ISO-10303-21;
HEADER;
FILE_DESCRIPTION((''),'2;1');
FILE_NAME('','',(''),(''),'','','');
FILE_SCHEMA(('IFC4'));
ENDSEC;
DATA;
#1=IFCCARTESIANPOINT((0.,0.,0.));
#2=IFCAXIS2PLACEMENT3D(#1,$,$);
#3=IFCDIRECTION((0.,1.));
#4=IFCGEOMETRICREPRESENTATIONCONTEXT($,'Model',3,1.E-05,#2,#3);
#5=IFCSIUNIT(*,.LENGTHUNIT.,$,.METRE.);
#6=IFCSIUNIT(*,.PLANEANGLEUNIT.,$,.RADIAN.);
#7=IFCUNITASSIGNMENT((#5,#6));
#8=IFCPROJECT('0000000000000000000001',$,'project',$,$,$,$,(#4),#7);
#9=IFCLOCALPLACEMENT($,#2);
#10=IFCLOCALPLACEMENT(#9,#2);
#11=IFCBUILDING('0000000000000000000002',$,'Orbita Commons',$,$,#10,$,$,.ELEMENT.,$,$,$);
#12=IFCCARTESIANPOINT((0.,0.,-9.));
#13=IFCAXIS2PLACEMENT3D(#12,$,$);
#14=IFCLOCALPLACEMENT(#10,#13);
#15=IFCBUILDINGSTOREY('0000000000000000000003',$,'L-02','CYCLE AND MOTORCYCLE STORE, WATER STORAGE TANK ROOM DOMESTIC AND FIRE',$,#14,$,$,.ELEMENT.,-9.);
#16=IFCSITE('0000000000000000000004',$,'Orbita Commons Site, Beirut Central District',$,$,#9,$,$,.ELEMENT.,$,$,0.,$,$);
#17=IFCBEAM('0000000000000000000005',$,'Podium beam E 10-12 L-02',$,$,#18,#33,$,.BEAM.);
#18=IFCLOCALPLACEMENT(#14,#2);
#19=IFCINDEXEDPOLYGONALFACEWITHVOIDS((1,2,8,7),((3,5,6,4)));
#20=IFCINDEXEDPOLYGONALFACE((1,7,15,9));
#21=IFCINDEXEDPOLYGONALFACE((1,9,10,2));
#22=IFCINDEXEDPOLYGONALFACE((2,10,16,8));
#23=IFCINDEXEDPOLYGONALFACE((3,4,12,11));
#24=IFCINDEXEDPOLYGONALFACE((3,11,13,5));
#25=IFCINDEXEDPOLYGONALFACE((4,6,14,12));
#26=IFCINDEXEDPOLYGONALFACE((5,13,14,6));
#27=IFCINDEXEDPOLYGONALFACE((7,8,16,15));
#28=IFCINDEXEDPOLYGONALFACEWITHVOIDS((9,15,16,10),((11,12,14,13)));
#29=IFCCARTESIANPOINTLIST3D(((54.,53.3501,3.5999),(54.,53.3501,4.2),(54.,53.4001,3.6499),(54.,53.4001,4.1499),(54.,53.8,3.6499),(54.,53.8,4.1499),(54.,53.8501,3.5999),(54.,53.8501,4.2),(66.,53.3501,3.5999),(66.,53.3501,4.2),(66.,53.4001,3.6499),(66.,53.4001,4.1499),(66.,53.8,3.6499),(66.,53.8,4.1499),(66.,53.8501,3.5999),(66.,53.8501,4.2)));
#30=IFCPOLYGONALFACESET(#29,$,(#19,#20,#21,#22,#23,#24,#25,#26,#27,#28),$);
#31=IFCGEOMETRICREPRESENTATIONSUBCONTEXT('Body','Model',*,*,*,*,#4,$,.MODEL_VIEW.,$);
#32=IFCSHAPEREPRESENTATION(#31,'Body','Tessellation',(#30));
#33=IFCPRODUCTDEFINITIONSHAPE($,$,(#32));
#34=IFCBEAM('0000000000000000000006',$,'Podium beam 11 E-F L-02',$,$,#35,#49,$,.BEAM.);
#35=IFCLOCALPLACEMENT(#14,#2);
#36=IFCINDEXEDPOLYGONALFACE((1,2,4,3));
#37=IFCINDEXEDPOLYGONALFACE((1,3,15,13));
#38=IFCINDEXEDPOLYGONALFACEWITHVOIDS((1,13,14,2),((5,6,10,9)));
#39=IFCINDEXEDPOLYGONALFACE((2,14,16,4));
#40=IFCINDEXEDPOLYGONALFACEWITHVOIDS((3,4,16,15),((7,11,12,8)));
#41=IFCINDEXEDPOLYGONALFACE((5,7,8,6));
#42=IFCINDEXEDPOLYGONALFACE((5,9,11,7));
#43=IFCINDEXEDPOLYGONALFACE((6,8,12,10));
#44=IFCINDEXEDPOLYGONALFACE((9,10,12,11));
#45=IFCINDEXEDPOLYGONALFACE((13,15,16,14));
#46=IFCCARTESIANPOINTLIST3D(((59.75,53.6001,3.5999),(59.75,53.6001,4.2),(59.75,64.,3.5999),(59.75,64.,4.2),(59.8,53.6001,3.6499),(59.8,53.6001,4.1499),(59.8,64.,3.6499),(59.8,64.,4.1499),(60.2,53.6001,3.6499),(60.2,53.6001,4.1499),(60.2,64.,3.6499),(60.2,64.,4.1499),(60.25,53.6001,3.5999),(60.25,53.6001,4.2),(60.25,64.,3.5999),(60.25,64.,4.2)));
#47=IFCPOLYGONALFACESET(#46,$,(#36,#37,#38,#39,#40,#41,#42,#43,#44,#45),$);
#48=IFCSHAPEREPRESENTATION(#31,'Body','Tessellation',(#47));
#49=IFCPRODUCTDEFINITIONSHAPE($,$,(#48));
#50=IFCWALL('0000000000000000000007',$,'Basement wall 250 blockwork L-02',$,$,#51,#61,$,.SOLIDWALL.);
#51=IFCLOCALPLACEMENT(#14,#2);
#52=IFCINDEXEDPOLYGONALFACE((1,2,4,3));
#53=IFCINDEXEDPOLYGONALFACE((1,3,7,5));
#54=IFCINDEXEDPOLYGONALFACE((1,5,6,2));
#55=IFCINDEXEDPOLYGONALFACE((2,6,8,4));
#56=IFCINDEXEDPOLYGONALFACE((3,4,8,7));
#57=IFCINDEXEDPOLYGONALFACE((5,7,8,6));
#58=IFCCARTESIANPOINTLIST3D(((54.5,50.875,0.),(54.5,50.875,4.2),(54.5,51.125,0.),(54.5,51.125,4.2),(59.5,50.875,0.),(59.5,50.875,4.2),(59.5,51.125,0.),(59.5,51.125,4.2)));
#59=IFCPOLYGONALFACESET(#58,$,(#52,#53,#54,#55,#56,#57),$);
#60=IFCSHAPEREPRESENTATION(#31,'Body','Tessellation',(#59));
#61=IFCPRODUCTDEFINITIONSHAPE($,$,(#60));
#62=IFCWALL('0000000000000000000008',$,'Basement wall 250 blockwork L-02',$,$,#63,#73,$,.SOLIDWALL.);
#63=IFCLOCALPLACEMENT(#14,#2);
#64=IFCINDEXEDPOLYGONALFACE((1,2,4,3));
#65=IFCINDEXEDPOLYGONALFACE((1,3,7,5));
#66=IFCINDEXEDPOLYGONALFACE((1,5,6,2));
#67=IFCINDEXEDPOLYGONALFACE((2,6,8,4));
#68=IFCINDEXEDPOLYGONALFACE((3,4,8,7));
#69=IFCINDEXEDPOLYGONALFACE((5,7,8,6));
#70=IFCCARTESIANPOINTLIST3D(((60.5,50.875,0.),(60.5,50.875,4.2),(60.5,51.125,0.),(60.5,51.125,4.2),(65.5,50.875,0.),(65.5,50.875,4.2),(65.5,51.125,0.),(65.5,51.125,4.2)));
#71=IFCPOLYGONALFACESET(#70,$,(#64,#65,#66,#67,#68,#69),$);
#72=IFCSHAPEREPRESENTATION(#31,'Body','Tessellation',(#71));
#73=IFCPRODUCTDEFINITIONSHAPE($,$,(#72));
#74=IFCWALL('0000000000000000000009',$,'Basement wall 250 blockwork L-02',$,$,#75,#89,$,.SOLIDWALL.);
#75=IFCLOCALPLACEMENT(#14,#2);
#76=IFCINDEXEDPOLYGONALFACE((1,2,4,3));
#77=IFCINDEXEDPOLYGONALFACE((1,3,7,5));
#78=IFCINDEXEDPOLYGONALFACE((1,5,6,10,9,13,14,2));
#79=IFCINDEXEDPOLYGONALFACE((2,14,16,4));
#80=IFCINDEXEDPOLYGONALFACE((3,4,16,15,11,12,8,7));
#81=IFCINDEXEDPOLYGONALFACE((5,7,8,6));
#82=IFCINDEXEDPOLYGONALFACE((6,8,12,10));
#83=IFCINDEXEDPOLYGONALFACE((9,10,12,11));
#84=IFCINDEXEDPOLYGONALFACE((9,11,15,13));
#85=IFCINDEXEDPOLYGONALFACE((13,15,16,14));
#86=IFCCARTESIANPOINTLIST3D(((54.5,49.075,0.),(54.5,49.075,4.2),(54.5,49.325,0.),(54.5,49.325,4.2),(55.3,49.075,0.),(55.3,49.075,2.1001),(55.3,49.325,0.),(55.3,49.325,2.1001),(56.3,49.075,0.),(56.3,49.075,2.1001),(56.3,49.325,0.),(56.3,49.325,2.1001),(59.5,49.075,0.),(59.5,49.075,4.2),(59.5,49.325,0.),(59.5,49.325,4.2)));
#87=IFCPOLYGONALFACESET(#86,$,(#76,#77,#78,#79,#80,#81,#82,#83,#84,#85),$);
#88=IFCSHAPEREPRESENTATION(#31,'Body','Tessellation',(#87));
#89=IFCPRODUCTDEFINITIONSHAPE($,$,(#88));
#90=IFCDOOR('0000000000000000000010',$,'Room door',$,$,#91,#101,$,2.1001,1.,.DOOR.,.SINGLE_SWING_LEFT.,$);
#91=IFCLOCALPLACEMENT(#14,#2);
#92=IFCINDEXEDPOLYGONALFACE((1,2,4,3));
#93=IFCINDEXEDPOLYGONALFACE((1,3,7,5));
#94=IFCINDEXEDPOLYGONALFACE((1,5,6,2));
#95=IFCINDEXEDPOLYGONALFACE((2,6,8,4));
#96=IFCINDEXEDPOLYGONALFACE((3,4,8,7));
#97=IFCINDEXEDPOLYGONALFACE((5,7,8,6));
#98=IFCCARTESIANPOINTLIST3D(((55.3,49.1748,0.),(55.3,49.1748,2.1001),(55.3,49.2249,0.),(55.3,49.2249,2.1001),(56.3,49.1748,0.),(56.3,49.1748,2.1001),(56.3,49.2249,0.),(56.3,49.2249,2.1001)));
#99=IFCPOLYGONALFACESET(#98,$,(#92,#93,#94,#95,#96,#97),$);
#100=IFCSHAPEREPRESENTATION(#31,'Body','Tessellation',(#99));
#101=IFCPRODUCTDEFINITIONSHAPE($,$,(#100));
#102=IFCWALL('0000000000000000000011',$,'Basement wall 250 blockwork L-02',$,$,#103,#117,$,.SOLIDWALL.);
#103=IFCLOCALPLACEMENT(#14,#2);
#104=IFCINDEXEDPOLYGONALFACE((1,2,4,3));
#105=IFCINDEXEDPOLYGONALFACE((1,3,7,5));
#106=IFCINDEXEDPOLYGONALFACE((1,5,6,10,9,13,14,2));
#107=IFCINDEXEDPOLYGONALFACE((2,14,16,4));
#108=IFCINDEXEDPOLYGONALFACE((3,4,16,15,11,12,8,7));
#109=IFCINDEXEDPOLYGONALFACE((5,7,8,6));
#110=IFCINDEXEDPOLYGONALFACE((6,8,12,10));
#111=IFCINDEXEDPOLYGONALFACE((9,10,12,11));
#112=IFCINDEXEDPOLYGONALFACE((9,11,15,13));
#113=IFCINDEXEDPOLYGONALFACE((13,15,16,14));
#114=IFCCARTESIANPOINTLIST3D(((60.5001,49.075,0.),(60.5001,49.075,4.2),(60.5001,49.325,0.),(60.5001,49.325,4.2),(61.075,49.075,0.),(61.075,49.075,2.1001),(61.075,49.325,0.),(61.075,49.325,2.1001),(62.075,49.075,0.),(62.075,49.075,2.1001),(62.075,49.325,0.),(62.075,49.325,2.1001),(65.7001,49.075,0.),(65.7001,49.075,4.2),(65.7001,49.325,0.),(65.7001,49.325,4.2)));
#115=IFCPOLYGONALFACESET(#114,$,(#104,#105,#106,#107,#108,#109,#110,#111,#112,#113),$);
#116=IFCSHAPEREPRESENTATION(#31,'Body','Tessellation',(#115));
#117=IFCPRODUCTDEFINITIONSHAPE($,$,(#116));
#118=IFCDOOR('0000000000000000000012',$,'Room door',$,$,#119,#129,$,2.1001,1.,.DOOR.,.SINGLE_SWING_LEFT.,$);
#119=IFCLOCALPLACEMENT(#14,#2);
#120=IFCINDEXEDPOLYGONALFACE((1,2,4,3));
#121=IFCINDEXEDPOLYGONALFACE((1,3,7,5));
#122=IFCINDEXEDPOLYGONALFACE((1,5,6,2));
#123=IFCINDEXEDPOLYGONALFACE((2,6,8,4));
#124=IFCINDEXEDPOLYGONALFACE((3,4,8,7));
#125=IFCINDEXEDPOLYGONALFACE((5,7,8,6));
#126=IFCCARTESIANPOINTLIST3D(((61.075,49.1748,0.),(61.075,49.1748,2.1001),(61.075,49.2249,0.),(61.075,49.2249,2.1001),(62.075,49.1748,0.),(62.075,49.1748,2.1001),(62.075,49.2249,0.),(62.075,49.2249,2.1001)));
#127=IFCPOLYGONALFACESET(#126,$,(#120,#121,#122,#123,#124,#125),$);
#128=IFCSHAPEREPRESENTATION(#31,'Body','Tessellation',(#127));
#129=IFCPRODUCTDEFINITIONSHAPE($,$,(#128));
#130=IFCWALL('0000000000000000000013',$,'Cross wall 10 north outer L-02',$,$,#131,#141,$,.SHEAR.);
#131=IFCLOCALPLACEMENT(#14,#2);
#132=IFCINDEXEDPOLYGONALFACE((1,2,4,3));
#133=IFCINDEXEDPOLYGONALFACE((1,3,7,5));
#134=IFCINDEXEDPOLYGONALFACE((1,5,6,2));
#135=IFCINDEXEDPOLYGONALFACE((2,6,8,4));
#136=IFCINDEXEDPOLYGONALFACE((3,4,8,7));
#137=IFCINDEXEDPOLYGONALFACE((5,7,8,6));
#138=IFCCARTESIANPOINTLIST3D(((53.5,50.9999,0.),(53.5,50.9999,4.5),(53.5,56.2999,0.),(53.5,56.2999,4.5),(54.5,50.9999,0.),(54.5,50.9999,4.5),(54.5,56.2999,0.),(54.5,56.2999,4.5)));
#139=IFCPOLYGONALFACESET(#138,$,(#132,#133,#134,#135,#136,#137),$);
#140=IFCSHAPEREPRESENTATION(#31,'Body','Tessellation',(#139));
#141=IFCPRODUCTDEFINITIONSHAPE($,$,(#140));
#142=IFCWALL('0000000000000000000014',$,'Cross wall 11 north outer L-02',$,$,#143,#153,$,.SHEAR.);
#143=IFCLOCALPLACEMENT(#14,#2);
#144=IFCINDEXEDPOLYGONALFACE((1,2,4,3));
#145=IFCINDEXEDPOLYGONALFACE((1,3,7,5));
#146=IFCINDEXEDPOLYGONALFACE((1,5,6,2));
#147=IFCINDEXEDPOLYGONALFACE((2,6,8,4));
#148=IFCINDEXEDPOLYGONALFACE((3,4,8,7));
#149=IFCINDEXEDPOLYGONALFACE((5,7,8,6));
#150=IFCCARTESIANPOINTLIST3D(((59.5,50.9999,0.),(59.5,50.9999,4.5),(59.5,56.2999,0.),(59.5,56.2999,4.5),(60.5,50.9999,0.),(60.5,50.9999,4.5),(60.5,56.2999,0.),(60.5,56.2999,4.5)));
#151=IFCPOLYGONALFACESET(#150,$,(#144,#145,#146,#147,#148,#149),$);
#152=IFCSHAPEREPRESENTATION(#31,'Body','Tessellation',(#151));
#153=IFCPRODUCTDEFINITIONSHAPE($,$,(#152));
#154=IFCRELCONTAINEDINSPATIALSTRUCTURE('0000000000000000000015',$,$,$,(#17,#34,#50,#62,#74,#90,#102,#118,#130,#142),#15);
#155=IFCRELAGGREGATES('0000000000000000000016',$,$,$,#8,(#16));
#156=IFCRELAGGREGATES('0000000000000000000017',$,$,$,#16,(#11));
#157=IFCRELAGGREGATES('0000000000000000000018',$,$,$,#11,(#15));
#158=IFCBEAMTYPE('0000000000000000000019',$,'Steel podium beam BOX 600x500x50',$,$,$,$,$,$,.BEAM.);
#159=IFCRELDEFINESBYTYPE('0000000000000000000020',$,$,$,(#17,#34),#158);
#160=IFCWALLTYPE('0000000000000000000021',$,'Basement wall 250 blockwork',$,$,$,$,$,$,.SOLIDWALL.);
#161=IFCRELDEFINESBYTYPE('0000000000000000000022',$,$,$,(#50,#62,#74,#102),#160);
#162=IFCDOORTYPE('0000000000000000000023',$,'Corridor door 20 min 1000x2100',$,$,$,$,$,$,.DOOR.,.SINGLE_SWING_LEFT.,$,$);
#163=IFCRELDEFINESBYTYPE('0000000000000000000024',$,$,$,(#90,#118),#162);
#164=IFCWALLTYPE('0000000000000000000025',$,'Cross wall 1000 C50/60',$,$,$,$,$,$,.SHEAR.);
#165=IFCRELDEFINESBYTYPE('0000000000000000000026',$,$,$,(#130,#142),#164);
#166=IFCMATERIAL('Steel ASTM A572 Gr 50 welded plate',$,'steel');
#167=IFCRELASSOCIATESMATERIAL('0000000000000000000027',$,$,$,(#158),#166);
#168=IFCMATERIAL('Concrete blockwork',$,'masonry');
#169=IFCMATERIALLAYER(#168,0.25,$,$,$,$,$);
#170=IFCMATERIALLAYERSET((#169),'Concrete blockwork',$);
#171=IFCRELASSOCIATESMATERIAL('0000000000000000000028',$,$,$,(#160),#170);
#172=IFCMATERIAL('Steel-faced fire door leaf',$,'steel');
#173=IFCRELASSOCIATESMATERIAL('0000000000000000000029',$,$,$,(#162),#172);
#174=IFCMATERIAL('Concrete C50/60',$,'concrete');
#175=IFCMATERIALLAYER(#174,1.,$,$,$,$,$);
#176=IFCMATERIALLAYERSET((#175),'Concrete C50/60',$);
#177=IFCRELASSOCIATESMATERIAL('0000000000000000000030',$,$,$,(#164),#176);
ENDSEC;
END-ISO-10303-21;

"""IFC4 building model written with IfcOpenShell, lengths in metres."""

from ifc_helpers import new_model, si_unit, direction, frame, frame_2d, origin, origin_2d, place, context, subcontext, project, spatial, rectangle, hollow_rectangle, extrude, material, layer, layer_set, material_profile, profile_set, type_object, element, fill, save


model = new_model("IFC4")

# Units and contexts
model_context = context("Model", 3, precision=1e-05, world=origin(), true_north=direction((0.0, 1.0)))
body_context = subcontext(model_context, "Body", "Model", "MODEL_VIEW")
ifc_project = project(units=[si_unit("LENGTHUNIT", "METRE"), si_unit("PLANEANGLEUNIT", "RADIAN")], contexts=[model_context])

# Site, building, storey
site_placement = place(None, origin())
site = spatial("IfcSite", under=ifc_project, at=site_placement, Name="Orbita Commons Site, Beirut Central District", CompositionType="ELEMENT", RefElevation=0.0)
building_placement = place(site_placement, origin())
building = spatial("IfcBuilding", under=site, at=building_placement, Name="Orbita Commons", CompositionType="ELEMENT")
storey_placement = place(building_placement, frame((0.0, 0.0, -9.0)))
storey = spatial("IfcBuildingStorey", under=building, at=storey_placement, Name="L-02", Description="CYCLE AND MOTORCYCLE STORE, WATER STORAGE TANK ROOM DOMESTIC AND FIRE", CompositionType="ELEMENT", Elevation=-9.0)

# Beams
ifc_material_1 = material(Name="Steel ASTM A572 Gr 50 welded plate", Category="steel")
ifc_material_profile_1 = material_profile(ifc_material_1, hollow_rectangle(XDim=0.5, YDim=0.6001, WallThickness=0.05, at=origin_2d()), Name="BOX 600x500x50")
ifc_profile_set_1 = profile_set([ifc_material_profile_1], Name="Steel ASTM A572 Gr 50 welded plate")
beam_type_1 = type_object("IfcBeamType", Name="Steel podium beam BOX 600x500x50", PredefinedType="BEAM", material=ifc_profile_set_1)
beam_1_placement = place(storey_placement, frame((54.0, 53.6001, 3.8999), z_axis=(1.0, 0.0, 0.0), x_axis=(0.0, 1.0, 0.0)))
element("IfcBeam", 1, at=beam_1_placement, inside=storey, type_object=beam_type_1, Name="Podium beam E 10-12 L-02", PredefinedType="BEAM", context=body_context, shape_type="SweptSolid", body=[
    extrude(hollow_rectangle(XDim=0.5, YDim=0.6001, WallThickness=0.05, at=origin_2d()), origin(), (0.0, 0.0, 1.0), 12.0),
])
beam_2_placement = place(storey_placement, frame((60.0, 53.6001, 3.8999), z_axis=(0.0, 1.0, 0.0), x_axis=(-1.0, 0.0, 0.0)))
element("IfcBeam", 2, at=beam_2_placement, inside=storey, type_object=beam_type_1, Name="Podium beam 11 E-F L-02", PredefinedType="BEAM", context=body_context, shape_type="SweptSolid", body=[
    extrude(hollow_rectangle(XDim=0.5, YDim=0.6001, WallThickness=0.05, at=origin_2d()), origin(), (0.0, 0.0, 1.0), 10.3999),
])

# Walls
ifc_material_2 = material(Name="Concrete blockwork", Category="masonry")
ifc_layer_1 = layer(ifc_material_2, 0.25)
ifc_layer_set_1 = layer_set([ifc_layer_1], Name="Concrete blockwork")
wall_type_1 = type_object("IfcWallType", Name="Basement wall 250 blockwork", PredefinedType="SOLIDWALL", material=ifc_layer_set_1)
for number, where, z_axis, x_axis, name in (
    (3, (54.5, 51.0, 0.0), (0.0, 0.0, 1.0), (1.0, 0.0, 0.0), "Basement wall 250 blockwork L-02"),
    (4, (60.5, 51.0, 0.0), (0.0, 0.0, 1.0), (1.0, 0.0, 0.0), "Basement wall 250 blockwork L-02"),
):
    element("IfcWall", number, at=place(storey_placement, frame(where, z_axis=z_axis, x_axis=x_axis)), inside=storey, type_object=wall_type_1, Name=name, PredefinedType="SOLIDWALL", context=body_context, shape_type="SweptSolid", body=[
        extrude(rectangle(XDim=5.0, YDim=0.25, at=frame_2d((2.5, 0.0))), origin(), (0.0, 0.0, 1.0), 4.2),
    ])

# Walls, openings, doors
wall_1_placement = place(storey_placement, frame((54.5, 49.2, 0.0), z_axis=(0.0, 0.0, 1.0), x_axis=(1.0, 0.0, 0.0)))
wall_1 = element("IfcWall", 5, at=wall_1_placement, inside=storey, type_object=wall_type_1, Name="Basement wall 250 blockwork L-02", PredefinedType="SOLIDWALL", context=body_context, shape_type="SweptSolid", body=[
    extrude(rectangle(XDim=5.0, YDim=0.25, at=frame_2d((2.5, 0.0))), origin(), (0.0, 0.0, 1.0), 4.2),
])
opening_1_placement = place(wall_1_placement, frame((0.8, 0.0, 0.0)))
opening_1 = element("IfcOpeningElement", 6, at=opening_1_placement, cuts=wall_1, PredefinedType="OPENING", context=body_context, shape_type="SweptSolid", body=[
    extrude(rectangle(XDim=1.0, YDim=2.1001, at=frame_2d((0.5, 1.05))), frame((0.0, 0.135, 0.0), z_axis=(0.0, -1.0, 0.0), x_axis=(1.0, 0.0, 0.0)), (0.0, 0.0, 1.0), 0.27),
])
ifc_material_3 = material(Name="Steel-faced fire door leaf", Category="steel")
door_type = type_object("IfcDoorType", Name="Corridor door 20 min 1000x2100", OperationType="SINGLE_SWING_LEFT", PredefinedType="DOOR", material=ifc_material_3)
door_1_placement = place(opening_1_placement, origin())
door_1 = element("IfcDoor", 7, at=door_1_placement, inside=storey, type_object=door_type, Name="Room door", OperationType="SINGLE_SWING_LEFT", OverallHeight=2.1001, OverallWidth=1.0, PredefinedType="DOOR", context=body_context, shape_type="SweptSolid", body=[
    extrude(rectangle(XDim=1.0, YDim=2.1001, at=frame_2d((0.5, 1.05))), frame((0.0, 0.0249, 0.0), z_axis=(0.0, -1.0, 0.0), x_axis=(1.0, 0.0, 0.0)), (0.0, 0.0, 1.0), 0.05),
])
fill(opening_1, door_1)
wall_2_placement = place(storey_placement, frame((60.5, 49.2, 0.0), z_axis=(0.0, 0.0, 1.0), x_axis=(1.0, 0.0, 0.0)))
wall_2 = element("IfcWall", 8, at=wall_2_placement, inside=storey, type_object=wall_type_1, Name="Basement wall 250 blockwork L-02", PredefinedType="SOLIDWALL", context=body_context, shape_type="SweptSolid", body=[
    extrude(rectangle(XDim=5.2, YDim=0.25, at=frame_2d((2.6001, 0.0))), origin(), (0.0, 0.0, 1.0), 4.2),
])
opening_2_placement = place(wall_2_placement, frame((0.575, 0.0, 0.0)))
opening_2 = element("IfcOpeningElement", 9, at=opening_2_placement, cuts=wall_2, PredefinedType="OPENING", context=body_context, shape_type="SweptSolid", body=[
    extrude(rectangle(XDim=1.0, YDim=2.1001, at=frame_2d((0.5, 1.05))), frame((0.0, 0.135, 0.0), z_axis=(0.0, -1.0, 0.0), x_axis=(1.0, 0.0, 0.0)), (0.0, 0.0, 1.0), 0.27),
])
door_2_placement = place(opening_2_placement, origin())
door_2 = element("IfcDoor", 10, at=door_2_placement, inside=storey, type_object=door_type, Name="Room door", OperationType="SINGLE_SWING_LEFT", OverallHeight=2.1001, OverallWidth=1.0, PredefinedType="DOOR", context=body_context, shape_type="SweptSolid", body=[
    extrude(rectangle(XDim=1.0, YDim=2.1001, at=frame_2d((0.5, 1.05))), frame((0.0, 0.0249, 0.0), z_axis=(0.0, -1.0, 0.0), x_axis=(1.0, 0.0, 0.0)), (0.0, 0.0, 1.0), 0.05),
])
fill(opening_2, door_2)

# Walls
ifc_material_4 = material(Name="Concrete C50/60", Category="concrete")
ifc_layer_2 = layer(ifc_material_4, 1.0)
ifc_layer_set_2 = layer_set([ifc_layer_2], Name="Concrete C50/60")
wall_type_2 = type_object("IfcWallType", Name="Cross wall 1000 C50/60", PredefinedType="SHEAR", material=ifc_layer_set_2)
for number, where, z_axis, x_axis, name in (
    (11, (54.0, 51.0, 0.0), (0.0, 0.0, 1.0), (0.0, 1.0, 0.0), "Cross wall 10 north outer L-02"),
    (12, (60.0, 51.0, 0.0), (0.0, 0.0, 1.0), (0.0, 1.0, 0.0), "Cross wall 11 north outer L-02"),
):
    element("IfcWall", number, at=place(storey_placement, frame(where, z_axis=z_axis, x_axis=x_axis)), inside=storey, type_object=wall_type_2, Name=name, PredefinedType="SHEAR", context=body_context, shape_type="SweptSolid", body=[
        extrude(rectangle(XDim=5.3, YDim=1.0, at=frame_2d((2.6499, 0.0))), origin(), (0.0, 0.0, 1.0), 4.5),
    ])

save(model, "model.ifc")
